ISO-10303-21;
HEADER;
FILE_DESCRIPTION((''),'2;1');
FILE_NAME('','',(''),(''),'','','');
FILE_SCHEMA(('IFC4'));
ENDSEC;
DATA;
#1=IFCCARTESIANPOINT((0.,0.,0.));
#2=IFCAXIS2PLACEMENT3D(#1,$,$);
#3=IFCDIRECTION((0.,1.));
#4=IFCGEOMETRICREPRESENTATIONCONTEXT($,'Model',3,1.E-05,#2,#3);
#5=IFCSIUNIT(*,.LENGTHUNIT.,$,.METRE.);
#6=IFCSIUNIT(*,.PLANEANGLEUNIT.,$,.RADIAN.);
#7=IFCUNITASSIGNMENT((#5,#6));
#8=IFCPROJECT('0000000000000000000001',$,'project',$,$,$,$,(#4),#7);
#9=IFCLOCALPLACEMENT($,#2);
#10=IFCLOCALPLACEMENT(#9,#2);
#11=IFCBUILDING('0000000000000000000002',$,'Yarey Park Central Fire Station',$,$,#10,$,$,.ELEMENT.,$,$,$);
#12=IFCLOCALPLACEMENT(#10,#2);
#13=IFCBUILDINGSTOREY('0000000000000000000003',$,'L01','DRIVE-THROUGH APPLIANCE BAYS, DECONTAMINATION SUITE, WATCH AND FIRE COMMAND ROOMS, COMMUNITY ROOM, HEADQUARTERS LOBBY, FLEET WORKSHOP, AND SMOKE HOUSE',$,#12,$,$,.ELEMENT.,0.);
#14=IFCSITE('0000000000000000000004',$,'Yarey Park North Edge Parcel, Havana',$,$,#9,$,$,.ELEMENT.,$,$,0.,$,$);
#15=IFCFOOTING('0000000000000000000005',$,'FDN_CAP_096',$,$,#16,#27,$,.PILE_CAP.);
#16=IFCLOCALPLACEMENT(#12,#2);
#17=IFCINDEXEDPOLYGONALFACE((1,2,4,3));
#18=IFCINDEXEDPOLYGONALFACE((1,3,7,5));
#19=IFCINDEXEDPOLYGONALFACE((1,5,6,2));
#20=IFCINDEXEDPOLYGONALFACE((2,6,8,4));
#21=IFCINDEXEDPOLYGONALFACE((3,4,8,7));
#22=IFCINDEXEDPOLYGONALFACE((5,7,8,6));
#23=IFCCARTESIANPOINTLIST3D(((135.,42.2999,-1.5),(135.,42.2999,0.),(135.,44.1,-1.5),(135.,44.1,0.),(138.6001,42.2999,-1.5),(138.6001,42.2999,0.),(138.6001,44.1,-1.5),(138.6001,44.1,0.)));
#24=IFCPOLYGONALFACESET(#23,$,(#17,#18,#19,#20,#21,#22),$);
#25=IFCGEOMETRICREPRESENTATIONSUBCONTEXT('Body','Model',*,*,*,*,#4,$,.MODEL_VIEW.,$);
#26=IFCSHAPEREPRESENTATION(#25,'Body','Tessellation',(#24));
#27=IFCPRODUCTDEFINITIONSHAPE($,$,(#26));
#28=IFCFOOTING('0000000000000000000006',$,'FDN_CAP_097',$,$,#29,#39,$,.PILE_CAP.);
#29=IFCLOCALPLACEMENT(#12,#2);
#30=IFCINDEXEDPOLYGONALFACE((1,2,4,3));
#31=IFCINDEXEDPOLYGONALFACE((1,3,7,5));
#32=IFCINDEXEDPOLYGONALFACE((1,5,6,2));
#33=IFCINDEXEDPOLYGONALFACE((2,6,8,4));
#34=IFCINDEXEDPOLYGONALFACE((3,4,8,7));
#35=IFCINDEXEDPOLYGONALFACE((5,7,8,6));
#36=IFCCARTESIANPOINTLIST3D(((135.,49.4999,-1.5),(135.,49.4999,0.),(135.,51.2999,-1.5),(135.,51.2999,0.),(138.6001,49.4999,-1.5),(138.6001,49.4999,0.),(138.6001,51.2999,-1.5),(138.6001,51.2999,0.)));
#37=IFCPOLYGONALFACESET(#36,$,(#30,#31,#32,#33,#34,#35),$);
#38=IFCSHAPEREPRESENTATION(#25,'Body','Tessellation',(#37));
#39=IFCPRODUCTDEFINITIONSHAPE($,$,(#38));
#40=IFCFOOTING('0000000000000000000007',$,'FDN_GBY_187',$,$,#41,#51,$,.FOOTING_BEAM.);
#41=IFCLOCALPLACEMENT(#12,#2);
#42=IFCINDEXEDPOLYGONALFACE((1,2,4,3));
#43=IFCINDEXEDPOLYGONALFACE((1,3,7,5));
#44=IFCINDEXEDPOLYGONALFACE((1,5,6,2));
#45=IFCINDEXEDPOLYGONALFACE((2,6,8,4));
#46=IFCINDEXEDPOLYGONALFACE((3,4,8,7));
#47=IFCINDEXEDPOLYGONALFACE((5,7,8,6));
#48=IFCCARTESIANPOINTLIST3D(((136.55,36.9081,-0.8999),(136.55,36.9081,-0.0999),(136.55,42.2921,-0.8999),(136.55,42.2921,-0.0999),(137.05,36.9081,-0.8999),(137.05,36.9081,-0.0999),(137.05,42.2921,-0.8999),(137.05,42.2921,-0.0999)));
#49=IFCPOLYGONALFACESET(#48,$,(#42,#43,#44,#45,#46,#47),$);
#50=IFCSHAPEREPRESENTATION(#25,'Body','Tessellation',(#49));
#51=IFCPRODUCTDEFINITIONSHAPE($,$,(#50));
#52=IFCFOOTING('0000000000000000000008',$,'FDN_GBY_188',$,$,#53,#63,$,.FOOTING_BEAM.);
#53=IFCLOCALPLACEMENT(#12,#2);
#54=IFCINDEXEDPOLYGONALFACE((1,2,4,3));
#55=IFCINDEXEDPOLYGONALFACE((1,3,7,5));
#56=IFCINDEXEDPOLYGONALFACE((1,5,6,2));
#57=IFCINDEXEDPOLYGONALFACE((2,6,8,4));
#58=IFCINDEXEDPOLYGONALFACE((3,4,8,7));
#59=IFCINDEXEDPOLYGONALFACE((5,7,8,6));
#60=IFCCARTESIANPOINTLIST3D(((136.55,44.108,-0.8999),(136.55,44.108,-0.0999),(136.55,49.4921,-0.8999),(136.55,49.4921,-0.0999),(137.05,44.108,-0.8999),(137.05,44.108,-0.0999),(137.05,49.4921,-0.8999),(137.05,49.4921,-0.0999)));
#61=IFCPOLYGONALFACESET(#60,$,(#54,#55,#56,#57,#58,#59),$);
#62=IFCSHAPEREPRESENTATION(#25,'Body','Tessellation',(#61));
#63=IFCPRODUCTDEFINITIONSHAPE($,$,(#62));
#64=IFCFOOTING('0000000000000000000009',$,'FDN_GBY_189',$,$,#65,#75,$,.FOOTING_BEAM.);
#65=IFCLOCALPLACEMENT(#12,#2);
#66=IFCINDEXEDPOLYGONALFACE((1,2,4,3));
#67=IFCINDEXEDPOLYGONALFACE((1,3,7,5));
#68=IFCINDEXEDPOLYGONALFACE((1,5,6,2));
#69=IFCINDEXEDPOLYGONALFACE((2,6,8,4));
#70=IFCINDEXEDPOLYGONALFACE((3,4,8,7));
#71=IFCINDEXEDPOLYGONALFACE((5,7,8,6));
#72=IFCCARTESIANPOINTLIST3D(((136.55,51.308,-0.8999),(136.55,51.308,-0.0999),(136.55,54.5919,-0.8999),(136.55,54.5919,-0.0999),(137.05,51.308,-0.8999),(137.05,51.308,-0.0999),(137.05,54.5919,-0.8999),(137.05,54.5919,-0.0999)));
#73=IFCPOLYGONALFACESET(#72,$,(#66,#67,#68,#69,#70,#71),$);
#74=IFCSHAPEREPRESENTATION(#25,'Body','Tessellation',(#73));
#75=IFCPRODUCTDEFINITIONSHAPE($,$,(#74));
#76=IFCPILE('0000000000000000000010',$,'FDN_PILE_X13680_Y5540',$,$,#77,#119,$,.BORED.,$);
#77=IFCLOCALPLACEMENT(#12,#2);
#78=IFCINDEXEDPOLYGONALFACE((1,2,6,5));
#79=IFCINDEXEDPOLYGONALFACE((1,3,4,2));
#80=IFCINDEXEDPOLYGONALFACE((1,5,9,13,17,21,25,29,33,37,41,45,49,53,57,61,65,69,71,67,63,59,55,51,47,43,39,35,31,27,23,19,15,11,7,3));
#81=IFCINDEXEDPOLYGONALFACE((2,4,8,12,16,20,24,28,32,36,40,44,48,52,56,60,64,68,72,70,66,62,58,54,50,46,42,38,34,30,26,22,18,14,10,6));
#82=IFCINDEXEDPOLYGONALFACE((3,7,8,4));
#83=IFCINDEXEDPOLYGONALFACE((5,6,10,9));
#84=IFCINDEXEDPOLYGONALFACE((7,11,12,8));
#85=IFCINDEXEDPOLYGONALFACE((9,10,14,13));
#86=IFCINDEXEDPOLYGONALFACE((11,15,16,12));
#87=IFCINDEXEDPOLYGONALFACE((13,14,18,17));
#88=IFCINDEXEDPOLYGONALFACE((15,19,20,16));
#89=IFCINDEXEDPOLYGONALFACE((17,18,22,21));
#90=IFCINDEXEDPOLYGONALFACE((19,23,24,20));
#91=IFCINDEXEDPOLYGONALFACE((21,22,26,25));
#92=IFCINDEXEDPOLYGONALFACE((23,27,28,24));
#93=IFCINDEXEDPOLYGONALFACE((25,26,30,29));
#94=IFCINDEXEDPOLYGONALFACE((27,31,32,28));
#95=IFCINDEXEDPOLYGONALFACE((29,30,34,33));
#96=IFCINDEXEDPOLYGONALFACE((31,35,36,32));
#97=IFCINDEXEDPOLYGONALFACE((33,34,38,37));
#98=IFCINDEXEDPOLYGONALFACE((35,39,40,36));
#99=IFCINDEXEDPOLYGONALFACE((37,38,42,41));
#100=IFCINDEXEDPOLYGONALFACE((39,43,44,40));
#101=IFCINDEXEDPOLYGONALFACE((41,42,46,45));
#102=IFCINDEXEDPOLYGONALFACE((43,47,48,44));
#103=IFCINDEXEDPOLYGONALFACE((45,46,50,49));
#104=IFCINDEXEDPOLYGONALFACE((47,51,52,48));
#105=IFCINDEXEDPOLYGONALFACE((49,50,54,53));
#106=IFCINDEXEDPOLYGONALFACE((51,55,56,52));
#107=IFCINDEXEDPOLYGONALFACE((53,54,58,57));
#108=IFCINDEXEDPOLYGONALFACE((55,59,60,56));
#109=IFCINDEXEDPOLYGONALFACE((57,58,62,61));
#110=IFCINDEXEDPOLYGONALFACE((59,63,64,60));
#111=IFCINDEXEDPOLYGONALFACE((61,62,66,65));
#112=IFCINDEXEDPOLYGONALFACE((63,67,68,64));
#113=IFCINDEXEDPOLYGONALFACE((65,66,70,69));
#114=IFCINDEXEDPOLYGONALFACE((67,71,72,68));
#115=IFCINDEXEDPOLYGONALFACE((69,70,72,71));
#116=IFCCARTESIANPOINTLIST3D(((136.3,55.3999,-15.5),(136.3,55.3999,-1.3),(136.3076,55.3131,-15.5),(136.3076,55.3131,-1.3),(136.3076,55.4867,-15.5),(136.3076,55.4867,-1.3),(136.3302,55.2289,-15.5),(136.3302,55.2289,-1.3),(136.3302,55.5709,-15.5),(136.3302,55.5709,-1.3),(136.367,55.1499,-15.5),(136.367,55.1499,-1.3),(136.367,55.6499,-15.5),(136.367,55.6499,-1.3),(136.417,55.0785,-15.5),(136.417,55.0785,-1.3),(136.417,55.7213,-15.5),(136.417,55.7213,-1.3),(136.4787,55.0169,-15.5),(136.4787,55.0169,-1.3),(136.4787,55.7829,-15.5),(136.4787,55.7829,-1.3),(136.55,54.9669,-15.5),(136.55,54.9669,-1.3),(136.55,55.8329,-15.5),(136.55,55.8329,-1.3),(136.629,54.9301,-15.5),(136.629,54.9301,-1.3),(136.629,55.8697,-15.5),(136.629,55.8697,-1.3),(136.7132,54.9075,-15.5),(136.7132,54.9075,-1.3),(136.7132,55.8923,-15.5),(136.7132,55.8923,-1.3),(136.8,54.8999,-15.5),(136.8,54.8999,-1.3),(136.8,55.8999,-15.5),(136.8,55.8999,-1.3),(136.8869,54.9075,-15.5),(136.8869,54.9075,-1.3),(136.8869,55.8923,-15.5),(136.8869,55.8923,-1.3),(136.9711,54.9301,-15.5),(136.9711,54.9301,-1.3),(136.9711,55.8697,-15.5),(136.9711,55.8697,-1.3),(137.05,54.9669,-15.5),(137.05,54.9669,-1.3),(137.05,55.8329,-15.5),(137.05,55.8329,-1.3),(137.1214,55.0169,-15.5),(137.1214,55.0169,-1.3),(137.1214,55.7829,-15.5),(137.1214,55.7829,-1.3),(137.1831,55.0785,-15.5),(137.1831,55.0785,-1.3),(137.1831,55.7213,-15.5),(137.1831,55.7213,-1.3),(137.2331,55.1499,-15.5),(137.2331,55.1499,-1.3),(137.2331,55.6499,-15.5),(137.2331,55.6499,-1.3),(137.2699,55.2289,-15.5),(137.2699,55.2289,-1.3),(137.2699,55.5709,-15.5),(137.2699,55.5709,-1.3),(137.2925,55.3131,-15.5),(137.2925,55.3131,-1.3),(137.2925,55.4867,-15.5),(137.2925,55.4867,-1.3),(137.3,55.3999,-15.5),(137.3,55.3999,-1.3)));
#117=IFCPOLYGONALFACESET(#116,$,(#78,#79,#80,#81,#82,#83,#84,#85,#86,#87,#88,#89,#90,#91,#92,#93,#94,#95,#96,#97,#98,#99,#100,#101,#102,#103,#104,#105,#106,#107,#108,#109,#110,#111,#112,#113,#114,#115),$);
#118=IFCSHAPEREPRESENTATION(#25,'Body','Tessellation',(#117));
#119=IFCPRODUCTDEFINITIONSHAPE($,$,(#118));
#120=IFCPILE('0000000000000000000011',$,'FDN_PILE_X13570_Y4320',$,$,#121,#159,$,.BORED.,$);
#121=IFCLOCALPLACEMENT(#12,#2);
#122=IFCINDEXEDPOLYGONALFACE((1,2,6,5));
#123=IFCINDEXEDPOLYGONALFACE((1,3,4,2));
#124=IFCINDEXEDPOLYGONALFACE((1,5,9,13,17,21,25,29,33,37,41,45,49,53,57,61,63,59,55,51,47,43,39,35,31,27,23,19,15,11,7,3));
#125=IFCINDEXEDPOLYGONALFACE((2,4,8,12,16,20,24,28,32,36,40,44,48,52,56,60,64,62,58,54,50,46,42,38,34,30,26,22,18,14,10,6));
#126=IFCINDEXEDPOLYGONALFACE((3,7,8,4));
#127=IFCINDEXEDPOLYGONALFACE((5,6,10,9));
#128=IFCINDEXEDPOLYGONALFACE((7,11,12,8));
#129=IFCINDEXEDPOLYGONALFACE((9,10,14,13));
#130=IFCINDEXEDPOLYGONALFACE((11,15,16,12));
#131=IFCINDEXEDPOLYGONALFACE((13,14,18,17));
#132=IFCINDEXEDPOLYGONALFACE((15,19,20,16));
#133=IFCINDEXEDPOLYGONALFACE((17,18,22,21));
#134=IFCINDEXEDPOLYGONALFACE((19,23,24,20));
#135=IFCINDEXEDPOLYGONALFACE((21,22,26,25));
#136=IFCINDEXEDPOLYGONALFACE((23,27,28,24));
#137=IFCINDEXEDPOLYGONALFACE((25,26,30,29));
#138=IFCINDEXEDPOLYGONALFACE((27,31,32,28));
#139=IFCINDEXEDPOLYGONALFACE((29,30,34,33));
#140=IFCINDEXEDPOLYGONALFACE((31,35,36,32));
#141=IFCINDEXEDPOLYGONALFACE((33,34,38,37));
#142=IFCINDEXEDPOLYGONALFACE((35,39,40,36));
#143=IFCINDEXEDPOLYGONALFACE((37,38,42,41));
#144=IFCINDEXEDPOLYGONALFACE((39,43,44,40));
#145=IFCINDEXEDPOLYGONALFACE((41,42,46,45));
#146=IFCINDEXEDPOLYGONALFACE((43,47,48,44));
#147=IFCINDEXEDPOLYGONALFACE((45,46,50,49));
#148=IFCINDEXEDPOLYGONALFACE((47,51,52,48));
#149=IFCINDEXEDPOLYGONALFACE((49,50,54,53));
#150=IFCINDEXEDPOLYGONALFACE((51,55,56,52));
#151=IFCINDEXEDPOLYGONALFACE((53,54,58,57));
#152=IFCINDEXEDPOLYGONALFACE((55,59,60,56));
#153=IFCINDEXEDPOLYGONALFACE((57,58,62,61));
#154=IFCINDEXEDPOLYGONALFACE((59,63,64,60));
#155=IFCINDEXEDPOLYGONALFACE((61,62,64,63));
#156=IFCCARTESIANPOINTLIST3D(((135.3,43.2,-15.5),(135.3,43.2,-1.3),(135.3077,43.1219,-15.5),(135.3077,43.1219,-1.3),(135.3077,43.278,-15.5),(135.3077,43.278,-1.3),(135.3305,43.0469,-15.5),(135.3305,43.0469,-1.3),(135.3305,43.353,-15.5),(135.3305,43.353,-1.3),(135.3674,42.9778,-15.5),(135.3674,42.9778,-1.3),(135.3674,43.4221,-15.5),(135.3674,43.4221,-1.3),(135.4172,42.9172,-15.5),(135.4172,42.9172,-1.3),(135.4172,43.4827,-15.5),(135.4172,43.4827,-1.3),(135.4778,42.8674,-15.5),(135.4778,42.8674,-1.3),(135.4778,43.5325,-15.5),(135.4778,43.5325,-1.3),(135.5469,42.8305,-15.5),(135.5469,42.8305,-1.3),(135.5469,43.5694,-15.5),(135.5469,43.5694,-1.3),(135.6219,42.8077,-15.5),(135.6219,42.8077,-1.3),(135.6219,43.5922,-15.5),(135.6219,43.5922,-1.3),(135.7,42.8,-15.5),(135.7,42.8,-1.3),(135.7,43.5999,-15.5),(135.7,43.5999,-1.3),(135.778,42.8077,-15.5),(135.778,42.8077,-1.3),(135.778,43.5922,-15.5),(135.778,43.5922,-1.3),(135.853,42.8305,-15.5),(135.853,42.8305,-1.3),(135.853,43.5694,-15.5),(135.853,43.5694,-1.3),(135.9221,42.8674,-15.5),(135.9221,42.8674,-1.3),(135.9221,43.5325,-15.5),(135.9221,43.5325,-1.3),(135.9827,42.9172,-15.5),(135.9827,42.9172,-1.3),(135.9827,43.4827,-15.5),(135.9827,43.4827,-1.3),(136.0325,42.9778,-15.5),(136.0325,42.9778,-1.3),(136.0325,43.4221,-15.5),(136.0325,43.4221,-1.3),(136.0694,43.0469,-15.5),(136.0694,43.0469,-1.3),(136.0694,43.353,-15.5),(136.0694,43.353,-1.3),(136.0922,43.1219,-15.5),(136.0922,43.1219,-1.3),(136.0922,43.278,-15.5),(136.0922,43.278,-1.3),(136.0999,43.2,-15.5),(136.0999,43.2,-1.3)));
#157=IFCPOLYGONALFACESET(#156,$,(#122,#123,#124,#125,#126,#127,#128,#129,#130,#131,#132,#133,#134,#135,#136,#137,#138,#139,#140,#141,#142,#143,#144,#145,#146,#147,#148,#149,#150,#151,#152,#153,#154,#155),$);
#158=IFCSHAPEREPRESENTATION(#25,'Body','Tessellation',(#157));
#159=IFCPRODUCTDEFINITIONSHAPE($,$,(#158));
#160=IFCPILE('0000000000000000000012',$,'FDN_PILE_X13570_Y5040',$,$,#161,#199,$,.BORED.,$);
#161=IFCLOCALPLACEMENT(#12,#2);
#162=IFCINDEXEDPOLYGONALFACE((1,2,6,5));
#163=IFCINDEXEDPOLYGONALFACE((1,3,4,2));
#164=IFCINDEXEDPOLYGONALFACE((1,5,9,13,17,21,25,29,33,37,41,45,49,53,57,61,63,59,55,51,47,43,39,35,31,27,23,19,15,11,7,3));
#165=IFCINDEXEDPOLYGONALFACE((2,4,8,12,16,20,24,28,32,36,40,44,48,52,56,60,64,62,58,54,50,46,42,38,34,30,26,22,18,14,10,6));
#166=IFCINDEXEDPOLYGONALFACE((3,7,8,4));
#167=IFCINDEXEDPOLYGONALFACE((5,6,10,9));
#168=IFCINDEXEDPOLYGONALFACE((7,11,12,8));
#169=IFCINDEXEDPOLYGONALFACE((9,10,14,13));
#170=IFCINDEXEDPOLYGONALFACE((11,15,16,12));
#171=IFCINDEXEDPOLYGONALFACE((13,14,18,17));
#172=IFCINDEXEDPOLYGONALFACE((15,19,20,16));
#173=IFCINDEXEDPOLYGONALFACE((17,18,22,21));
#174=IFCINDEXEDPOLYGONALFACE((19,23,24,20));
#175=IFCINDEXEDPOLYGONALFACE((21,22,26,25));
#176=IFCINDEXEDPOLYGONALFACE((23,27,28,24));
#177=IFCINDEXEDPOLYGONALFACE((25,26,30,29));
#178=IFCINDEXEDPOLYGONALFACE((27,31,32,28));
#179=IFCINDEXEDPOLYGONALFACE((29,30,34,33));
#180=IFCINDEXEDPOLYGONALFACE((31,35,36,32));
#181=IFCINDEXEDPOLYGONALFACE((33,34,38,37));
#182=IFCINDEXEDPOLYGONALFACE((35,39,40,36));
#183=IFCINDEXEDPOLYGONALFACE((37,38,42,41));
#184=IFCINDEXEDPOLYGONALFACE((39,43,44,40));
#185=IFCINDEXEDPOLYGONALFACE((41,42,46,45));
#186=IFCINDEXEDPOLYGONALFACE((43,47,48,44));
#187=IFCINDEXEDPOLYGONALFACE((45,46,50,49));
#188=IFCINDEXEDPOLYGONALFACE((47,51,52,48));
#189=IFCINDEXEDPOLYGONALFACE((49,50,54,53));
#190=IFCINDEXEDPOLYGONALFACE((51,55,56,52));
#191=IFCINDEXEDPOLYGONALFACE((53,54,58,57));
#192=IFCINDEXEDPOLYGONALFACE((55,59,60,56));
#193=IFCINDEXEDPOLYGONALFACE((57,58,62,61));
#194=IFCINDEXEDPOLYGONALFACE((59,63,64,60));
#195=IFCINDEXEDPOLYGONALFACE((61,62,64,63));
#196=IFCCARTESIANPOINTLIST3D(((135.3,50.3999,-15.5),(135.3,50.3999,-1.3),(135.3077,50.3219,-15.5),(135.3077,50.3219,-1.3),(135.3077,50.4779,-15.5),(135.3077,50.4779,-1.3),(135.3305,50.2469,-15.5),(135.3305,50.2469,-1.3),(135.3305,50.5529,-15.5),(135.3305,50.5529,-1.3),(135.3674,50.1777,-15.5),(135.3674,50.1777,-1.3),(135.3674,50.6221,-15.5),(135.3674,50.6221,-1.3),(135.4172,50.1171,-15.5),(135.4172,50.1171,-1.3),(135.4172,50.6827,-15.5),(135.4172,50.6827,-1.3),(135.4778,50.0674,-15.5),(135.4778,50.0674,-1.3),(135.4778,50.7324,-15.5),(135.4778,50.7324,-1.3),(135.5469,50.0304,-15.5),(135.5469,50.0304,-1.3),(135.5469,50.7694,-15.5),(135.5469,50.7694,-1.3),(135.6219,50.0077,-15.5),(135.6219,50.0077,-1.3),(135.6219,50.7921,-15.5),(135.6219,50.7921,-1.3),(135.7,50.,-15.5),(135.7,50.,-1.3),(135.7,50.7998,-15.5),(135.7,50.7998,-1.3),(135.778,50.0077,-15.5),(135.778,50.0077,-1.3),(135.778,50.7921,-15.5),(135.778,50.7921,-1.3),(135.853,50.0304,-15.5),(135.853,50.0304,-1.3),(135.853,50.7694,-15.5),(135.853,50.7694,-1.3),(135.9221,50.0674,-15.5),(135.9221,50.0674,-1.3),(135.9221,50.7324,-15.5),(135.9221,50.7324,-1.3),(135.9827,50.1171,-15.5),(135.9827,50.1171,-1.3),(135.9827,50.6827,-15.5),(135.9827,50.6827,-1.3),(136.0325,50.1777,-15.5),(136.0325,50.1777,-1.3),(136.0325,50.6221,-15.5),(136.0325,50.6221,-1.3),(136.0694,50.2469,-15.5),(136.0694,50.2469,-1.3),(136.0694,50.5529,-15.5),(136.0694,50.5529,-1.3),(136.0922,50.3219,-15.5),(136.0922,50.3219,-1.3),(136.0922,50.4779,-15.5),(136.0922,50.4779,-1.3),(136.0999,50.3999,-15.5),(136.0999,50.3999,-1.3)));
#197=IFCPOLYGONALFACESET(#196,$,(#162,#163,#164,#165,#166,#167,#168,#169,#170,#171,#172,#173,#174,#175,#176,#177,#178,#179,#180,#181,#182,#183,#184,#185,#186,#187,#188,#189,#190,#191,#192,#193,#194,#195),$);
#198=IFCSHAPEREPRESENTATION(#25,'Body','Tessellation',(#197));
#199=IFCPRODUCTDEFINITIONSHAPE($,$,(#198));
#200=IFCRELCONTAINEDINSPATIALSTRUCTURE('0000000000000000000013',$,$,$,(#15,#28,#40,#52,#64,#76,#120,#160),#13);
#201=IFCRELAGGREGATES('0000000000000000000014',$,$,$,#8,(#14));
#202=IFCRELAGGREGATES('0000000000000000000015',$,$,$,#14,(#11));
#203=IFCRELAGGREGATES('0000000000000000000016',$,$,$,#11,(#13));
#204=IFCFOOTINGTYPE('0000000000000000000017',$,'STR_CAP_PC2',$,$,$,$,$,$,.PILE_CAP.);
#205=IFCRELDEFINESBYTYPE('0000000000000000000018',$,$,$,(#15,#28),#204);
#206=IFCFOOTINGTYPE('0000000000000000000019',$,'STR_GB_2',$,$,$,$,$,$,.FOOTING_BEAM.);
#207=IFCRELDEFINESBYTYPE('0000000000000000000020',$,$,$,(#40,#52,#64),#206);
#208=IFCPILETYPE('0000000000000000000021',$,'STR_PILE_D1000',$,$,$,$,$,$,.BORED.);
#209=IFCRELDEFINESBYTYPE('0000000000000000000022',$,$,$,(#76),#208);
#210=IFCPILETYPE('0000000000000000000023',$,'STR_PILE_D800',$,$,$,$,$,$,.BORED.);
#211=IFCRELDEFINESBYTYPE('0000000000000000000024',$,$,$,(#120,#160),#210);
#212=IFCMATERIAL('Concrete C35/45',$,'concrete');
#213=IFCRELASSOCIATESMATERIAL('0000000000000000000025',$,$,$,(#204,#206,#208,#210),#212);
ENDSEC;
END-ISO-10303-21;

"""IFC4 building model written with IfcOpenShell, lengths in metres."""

from ifc_helpers import new_model, si_unit, direction, frame, origin, origin_2d, place, context, subcontext, project, spatial, rectangle, circle, extrude, material, material_profile, profile_set, type_object, element, save


model = new_model("IFC4")

# Units and contexts
model_context = context("Model", 3, precision=1e-05, world=origin(), true_north=direction((0.0, 1.0)))
body_context = subcontext(model_context, "Body", "Model", "MODEL_VIEW")
ifc_project = project(units=[si_unit("LENGTHUNIT", "METRE"), si_unit("PLANEANGLEUNIT", "RADIAN")], contexts=[model_context])

# Site, building, storey
site_placement = place(None, origin())
site = spatial("IfcSite", under=ifc_project, at=site_placement, Name="Yarey Park North Edge Parcel, Havana", CompositionType="ELEMENT", RefElevation=0.0)
building_placement = place(site_placement, origin())
building = spatial("IfcBuilding", under=site, at=building_placement, Name="Yarey Park Central Fire Station", CompositionType="ELEMENT")
storey_placement = place(building_placement, origin())
storey = spatial("IfcBuildingStorey", under=building, at=storey_placement, Name="L01", Description="DRIVE-THROUGH APPLIANCE BAYS, DECONTAMINATION SUITE, WATCH AND FIRE COMMAND ROOMS, COMMUNITY ROOM, HEADQUARTERS LOBBY, FLEET WORKSHOP, AND SMOKE HOUSE", CompositionType="ELEMENT", Elevation=0.0)

# Footings
ifc_material_1 = material(Name="Concrete C35/45", Category="concrete")
footing_type_1 = type_object("IfcFootingType", Name="STR_CAP_PC2", PredefinedType="PILE_CAP", material=ifc_material_1)
for number, where, z_axis, x_axis, name in (
    (1, (136.8, 43.2, -1.5), (0.0, 0.0, 1.0), (1.0, 0.0, 0.0), "FDN_CAP_096"),
    (2, (136.8, 50.3999, -1.5), (0.0, 0.0, 1.0), (1.0, 0.0, 0.0), "FDN_CAP_097"),
):
    element("IfcFooting", number, at=place(storey_placement, frame(where, z_axis=z_axis, x_axis=x_axis)), inside=storey, type_object=footing_type_1, Name=name, PredefinedType="PILE_CAP", context=body_context, shape_type="SweptSolid", body=[
        extrude(rectangle(XDim=3.6001, YDim=1.8, at=origin_2d()), origin(), (0.0, 0.0, 1.0), 1.5),
    ])
footing_type_2 = type_object("IfcFootingType", Name="STR_GB_2", PredefinedType="FOOTING_BEAM", material=ifc_material_1)
for number, where, z_axis, x_axis, name in (
    (3, (136.8, 39.6001, -0.8999), (0.0, 0.0, 1.0), (1.0, 0.0, 0.0), "FDN_GBY_187"),
    (4, (136.8, 46.8, -0.8999), (0.0, 0.0, 1.0), (1.0, 0.0, 0.0), "FDN_GBY_188"),
):
    element("IfcFooting", number, at=place(storey_placement, frame(where, z_axis=z_axis, x_axis=x_axis)), inside=storey, type_object=footing_type_2, Name=name, PredefinedType="FOOTING_BEAM", context=body_context, shape_type="SweptSolid", body=[
        extrude(rectangle(XDim=0.5, YDim=5.384, at=origin_2d()), origin(), (0.0, 0.0, 1.0), 0.8),
    ])
footing_placement = place(storey_placement, frame((136.8, 52.95, -0.8999), z_axis=(0.0, 0.0, 1.0), x_axis=(1.0, 0.0, 0.0)))
element("IfcFooting", 5, at=footing_placement, inside=storey, type_object=footing_type_2, Name="FDN_GBY_189", PredefinedType="FOOTING_BEAM", context=body_context, shape_type="SweptSolid", body=[
    extrude(rectangle(XDim=0.5, YDim=3.2839, at=origin_2d()), origin(), (0.0, 0.0, 1.0), 0.8),
])

# Piles
ifc_material_profile_1 = material_profile(ifc_material_1, circle(Radius=0.5, at=origin_2d()), Name="BORED PILE D1000")
ifc_profile_set_1 = profile_set([ifc_material_profile_1], Name="Concrete C35/45")
pile_type_1 = type_object("IfcPileType", Name="STR_PILE_D1000", PredefinedType="BORED", material=ifc_profile_set_1)
pile_placement = place(storey_placement, frame((136.8, 55.3999, -1.3), z_axis=(0.0, 0.0, -1.0), x_axis=(1.0, 0.0, 0.0)))
element("IfcPile", 6, at=pile_placement, inside=storey, type_object=pile_type_1, Name="FDN_PILE_X13680_Y5540", PredefinedType="BORED", context=body_context, shape_type="SweptSolid", body=[
    extrude(circle(Radius=0.5, at=origin_2d()), origin(), (0.0, 0.0, 1.0), 14.2),
])
ifc_material_profile_2 = material_profile(ifc_material_1, circle(Radius=0.3999, at=origin_2d()), Name="BORED PILE D800")
ifc_profile_set_2 = profile_set([ifc_material_profile_2], Name="Concrete C35/45")
pile_type_2 = type_object("IfcPileType", Name="STR_PILE_D800", PredefinedType="BORED", material=ifc_profile_set_2)
for number, where, z_axis, x_axis, name in (
    (7, (135.7, 43.2, -1.3), (0.0, 0.0, -1.0), (1.0, 0.0, 0.0), "FDN_PILE_X13570_Y4320"),
    (8, (135.7, 50.3999, -1.3), (0.0, 0.0, -1.0), (1.0, 0.0, 0.0), "FDN_PILE_X13570_Y5040"),
):
    element("IfcPile", number, at=place(storey_placement, frame(where, z_axis=z_axis, x_axis=x_axis)), inside=storey, type_object=pile_type_2, Name=name, PredefinedType="BORED", context=body_context, shape_type="SweptSolid", body=[
        extrude(circle(Radius=0.3999, at=origin_2d()), origin(), (0.0, 0.0, 1.0), 14.2),
    ])

save(model, "model.ifc")
